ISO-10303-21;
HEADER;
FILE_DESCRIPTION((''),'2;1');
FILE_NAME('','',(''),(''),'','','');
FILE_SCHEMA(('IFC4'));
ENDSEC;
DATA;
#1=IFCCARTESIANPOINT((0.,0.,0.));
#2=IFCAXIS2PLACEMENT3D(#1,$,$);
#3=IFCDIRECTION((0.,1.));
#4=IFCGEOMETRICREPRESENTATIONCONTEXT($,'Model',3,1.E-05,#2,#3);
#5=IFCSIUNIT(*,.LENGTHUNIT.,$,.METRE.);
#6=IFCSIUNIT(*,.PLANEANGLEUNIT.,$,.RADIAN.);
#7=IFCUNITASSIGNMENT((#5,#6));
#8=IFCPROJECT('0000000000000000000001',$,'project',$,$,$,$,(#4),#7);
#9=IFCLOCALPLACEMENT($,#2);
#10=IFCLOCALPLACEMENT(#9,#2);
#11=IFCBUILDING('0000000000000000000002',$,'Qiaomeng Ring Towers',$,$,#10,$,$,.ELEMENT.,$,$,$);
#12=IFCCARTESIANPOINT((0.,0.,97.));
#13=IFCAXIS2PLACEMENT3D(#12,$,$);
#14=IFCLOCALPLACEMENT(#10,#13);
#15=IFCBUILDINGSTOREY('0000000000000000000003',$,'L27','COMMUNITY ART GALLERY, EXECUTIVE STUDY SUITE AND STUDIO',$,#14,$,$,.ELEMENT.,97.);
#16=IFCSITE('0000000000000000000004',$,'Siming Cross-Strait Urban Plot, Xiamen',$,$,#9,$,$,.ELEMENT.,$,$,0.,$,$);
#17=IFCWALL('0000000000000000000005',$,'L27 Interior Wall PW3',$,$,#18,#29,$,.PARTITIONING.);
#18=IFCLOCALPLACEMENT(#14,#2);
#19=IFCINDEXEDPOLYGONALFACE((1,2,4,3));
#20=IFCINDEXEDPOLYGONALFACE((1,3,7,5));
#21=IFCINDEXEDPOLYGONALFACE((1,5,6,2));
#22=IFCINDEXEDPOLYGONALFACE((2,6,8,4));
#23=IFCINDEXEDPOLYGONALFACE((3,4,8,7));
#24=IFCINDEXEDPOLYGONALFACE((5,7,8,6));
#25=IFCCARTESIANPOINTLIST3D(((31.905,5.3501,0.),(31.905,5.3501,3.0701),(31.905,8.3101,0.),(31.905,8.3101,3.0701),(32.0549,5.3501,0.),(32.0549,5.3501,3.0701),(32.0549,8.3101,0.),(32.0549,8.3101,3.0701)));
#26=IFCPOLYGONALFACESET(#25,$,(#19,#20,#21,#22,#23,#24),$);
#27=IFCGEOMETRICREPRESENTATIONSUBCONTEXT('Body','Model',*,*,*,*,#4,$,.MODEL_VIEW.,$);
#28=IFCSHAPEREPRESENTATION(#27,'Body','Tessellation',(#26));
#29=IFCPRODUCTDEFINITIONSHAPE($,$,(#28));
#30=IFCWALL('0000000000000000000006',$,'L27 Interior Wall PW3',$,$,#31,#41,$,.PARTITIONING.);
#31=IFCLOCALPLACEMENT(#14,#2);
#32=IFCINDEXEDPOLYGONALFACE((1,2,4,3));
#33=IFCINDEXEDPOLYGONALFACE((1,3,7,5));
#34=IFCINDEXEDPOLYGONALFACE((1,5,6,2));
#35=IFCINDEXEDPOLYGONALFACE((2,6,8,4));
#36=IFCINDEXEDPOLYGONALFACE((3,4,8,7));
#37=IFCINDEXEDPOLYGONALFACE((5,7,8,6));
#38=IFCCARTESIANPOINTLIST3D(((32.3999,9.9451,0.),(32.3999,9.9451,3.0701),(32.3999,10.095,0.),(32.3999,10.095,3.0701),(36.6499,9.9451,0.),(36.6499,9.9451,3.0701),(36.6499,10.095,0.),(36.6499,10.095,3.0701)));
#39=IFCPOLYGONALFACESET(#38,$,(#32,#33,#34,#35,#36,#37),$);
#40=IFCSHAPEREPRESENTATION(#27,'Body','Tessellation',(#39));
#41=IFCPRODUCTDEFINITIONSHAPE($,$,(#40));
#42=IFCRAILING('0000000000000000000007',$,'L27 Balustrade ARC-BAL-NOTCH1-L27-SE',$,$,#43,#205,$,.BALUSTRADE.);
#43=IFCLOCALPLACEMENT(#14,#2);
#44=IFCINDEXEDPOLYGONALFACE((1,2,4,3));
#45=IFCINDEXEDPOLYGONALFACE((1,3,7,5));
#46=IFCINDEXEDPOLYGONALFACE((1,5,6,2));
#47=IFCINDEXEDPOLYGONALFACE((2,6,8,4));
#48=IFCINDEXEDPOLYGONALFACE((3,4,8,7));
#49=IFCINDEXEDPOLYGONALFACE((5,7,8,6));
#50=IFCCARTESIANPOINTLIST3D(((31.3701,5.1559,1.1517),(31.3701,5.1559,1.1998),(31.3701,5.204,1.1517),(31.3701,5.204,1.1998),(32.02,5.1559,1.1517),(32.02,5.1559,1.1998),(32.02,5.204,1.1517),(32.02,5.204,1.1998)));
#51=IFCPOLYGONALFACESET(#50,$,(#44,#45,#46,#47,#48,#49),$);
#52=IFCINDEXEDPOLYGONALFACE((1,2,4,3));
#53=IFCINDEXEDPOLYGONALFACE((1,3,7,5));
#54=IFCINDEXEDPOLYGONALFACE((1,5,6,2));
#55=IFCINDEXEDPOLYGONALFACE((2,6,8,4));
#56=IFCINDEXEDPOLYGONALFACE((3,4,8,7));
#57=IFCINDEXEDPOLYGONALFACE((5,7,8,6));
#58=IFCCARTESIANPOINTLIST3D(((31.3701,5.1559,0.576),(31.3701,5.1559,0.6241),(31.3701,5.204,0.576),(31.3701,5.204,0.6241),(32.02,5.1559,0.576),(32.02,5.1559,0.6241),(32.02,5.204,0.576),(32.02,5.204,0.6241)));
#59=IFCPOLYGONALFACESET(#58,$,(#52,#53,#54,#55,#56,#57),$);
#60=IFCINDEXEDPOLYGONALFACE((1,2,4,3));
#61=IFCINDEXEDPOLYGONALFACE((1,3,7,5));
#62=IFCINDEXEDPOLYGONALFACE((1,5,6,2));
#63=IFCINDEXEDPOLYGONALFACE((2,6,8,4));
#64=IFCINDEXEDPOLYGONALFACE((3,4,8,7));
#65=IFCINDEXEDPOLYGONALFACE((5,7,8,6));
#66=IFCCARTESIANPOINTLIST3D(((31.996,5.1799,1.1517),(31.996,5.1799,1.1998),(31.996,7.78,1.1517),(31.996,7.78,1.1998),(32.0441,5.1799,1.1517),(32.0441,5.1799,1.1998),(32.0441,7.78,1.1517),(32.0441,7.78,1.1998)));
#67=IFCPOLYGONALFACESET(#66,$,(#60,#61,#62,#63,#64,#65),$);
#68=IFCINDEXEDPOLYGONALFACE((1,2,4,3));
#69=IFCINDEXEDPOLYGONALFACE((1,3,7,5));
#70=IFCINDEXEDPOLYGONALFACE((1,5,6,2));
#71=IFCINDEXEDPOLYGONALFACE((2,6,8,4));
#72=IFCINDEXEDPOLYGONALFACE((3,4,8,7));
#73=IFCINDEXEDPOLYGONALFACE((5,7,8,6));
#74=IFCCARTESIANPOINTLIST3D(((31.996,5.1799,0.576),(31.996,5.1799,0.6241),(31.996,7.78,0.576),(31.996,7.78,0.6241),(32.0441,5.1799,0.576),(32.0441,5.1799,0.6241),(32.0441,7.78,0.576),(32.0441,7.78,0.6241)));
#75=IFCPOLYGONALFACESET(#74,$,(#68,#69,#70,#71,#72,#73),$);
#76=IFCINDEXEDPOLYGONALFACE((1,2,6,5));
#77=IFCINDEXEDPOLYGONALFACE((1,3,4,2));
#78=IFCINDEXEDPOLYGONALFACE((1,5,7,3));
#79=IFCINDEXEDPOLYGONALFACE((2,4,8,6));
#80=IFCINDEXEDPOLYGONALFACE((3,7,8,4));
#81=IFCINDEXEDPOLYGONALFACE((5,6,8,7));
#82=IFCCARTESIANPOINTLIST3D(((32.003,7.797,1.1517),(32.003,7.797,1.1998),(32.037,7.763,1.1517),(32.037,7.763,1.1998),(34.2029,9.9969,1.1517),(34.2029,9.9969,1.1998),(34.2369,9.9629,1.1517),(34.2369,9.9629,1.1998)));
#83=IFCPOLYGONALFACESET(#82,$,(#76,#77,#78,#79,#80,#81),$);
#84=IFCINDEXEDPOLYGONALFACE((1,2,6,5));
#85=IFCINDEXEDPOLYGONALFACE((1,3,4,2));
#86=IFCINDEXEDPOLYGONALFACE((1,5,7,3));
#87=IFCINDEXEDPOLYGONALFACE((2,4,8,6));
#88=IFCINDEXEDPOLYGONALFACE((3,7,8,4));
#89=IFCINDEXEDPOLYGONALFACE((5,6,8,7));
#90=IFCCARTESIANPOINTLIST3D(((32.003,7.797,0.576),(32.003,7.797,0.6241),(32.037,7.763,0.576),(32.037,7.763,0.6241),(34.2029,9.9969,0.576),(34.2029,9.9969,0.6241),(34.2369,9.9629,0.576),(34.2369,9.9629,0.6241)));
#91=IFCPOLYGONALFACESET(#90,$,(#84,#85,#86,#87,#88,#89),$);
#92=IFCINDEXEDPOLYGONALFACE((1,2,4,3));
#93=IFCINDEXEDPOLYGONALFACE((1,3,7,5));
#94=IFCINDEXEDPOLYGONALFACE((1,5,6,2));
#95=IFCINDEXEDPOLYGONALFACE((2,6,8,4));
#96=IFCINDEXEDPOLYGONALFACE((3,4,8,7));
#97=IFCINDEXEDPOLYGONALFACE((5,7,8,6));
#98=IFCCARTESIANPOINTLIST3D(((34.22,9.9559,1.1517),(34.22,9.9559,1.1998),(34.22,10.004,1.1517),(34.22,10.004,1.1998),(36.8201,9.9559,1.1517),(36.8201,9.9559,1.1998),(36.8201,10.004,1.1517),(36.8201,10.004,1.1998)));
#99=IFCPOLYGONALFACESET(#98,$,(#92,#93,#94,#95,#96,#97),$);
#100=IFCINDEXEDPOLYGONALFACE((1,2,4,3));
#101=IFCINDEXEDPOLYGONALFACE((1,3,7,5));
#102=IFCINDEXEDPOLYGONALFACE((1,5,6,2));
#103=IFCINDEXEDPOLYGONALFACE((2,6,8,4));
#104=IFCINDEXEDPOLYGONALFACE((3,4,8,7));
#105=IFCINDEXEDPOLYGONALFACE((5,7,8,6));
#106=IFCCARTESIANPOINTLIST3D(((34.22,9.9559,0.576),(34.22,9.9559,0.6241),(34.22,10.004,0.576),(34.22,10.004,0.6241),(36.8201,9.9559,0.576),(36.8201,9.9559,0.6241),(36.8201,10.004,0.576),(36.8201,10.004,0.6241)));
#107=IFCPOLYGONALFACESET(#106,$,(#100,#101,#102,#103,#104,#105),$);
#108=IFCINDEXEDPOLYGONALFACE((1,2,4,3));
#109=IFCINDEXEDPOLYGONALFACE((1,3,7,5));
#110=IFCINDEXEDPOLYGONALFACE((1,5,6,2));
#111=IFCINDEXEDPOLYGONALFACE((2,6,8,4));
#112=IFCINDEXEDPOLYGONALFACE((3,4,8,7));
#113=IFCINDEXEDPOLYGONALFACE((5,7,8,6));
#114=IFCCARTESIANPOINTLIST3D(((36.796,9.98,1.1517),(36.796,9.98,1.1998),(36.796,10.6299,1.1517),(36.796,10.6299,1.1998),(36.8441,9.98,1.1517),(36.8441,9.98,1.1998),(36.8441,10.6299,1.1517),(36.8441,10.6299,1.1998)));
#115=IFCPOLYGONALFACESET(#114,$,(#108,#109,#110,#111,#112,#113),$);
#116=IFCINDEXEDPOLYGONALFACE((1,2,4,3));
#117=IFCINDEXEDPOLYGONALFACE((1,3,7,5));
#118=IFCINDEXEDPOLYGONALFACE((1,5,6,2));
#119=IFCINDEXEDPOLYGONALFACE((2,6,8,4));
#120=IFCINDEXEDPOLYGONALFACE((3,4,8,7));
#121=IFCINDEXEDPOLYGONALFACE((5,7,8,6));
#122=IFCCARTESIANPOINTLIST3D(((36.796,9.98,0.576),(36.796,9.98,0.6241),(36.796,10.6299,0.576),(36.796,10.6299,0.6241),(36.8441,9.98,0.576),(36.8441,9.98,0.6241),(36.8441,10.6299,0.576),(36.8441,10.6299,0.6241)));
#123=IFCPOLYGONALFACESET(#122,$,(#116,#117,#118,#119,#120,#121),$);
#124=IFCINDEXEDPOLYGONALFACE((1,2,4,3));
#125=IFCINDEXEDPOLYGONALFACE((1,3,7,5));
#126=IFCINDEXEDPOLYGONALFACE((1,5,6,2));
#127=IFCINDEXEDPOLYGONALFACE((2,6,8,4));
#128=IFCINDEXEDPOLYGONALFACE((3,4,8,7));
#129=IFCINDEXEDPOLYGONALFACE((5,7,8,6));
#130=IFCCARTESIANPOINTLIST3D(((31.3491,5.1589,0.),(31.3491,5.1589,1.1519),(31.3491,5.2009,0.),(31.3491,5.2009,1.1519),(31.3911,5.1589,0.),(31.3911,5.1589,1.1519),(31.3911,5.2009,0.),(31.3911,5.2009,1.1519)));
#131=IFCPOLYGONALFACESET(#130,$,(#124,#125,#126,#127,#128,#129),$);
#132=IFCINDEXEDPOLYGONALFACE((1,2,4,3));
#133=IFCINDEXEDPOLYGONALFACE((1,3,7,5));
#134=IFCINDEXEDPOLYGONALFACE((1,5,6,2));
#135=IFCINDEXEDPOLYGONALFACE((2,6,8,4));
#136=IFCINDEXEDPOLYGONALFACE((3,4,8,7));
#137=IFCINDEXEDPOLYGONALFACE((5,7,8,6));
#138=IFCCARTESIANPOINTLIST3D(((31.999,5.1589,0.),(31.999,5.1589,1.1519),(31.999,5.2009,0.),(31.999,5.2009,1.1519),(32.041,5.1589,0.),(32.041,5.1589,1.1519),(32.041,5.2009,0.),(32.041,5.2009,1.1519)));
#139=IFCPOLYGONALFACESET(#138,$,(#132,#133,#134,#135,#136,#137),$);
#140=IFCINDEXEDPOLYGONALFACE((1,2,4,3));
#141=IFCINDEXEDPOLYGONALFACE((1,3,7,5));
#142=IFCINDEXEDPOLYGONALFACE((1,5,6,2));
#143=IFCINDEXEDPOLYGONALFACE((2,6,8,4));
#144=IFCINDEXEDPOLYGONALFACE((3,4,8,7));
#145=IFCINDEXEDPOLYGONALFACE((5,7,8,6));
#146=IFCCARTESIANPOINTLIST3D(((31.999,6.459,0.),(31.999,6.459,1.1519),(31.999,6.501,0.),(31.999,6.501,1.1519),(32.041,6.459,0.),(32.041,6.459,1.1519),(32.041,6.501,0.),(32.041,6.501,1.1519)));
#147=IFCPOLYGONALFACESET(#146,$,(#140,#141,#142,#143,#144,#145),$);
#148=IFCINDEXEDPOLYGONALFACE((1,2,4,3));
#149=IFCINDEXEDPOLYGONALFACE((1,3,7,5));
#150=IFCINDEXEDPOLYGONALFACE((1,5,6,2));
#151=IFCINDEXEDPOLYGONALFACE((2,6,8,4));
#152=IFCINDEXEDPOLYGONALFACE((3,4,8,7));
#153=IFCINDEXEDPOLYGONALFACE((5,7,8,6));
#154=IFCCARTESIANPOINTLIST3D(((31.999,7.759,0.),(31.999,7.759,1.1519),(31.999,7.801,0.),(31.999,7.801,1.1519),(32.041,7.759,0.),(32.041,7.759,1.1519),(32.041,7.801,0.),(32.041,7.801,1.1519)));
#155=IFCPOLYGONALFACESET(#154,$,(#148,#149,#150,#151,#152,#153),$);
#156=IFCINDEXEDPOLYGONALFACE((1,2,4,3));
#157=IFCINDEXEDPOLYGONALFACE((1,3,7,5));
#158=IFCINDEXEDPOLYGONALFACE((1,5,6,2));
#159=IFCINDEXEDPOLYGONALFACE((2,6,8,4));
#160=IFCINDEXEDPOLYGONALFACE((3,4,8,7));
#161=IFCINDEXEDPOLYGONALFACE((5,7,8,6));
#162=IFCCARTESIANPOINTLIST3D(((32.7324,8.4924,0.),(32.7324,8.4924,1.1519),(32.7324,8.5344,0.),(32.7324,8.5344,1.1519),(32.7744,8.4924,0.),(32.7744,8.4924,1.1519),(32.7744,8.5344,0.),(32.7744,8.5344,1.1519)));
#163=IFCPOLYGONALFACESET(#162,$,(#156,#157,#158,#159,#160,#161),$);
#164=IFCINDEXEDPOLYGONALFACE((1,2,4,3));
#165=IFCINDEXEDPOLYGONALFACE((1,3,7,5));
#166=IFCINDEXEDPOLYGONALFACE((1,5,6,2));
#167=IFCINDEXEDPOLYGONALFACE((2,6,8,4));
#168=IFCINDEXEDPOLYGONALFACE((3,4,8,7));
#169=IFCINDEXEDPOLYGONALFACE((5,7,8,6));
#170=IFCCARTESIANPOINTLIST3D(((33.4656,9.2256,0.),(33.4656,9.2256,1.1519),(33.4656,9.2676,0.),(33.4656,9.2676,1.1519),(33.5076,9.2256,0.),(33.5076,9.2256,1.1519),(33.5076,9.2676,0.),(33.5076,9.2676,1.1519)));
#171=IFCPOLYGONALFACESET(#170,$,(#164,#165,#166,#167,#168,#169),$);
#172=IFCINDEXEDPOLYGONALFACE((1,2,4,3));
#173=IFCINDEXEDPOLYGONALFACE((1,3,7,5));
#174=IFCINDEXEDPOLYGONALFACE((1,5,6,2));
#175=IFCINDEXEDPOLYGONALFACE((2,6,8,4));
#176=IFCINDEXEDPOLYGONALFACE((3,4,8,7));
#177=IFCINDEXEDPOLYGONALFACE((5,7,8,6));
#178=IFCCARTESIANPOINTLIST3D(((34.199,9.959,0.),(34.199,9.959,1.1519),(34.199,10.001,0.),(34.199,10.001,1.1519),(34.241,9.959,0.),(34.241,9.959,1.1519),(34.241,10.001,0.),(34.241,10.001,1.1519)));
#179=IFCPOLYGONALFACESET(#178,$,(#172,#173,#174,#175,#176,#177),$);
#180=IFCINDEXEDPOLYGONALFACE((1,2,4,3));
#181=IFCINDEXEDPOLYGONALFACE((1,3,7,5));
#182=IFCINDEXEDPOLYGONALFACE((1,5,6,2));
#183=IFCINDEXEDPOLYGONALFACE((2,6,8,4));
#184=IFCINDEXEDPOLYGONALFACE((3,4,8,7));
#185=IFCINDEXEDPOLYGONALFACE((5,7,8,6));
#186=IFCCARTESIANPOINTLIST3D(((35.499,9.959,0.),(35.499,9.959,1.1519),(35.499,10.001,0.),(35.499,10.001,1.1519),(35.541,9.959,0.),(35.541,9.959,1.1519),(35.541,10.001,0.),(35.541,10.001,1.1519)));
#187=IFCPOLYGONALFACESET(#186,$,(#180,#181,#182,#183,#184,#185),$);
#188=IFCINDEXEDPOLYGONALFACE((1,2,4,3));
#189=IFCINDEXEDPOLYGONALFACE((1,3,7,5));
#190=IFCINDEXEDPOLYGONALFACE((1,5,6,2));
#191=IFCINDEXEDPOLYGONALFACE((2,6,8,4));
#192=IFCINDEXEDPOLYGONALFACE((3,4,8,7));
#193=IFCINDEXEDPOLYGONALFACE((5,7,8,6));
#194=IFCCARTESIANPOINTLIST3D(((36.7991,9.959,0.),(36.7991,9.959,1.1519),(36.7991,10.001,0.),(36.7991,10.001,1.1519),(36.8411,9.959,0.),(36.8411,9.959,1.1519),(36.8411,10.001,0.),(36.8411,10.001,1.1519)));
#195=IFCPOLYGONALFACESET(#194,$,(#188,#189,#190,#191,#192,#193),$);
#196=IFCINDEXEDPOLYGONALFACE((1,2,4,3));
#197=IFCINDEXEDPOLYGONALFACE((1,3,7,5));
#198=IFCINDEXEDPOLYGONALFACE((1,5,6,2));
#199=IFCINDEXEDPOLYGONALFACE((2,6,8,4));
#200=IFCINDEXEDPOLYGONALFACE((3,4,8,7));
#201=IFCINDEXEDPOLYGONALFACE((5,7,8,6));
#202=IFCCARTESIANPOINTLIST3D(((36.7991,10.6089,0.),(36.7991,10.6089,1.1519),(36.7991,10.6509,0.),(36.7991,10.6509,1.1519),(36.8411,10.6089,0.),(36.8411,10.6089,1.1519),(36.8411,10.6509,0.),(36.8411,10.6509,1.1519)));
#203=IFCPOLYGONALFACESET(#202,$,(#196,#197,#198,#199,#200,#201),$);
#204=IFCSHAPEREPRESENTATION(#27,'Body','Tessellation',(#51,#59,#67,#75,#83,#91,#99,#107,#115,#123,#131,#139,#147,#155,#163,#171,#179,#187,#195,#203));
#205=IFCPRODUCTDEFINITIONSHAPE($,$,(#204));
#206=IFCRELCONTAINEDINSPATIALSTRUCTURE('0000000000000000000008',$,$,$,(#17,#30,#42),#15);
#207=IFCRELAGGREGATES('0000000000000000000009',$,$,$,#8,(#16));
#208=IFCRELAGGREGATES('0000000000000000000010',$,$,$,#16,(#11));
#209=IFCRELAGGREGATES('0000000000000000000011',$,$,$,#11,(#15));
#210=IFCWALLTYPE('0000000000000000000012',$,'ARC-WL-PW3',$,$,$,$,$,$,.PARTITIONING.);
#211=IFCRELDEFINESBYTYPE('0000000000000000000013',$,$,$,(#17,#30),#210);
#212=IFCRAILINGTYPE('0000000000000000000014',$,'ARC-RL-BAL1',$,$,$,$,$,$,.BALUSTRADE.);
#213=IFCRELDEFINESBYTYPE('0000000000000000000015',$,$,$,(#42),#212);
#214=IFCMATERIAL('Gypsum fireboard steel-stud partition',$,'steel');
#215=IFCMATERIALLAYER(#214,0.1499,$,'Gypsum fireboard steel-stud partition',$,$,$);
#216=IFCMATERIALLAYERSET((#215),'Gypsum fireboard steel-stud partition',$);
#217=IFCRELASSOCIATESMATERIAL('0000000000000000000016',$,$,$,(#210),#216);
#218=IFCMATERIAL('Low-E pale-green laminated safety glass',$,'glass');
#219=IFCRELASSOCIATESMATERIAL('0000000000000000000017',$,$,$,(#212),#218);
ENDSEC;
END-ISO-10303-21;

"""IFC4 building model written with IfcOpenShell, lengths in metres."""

from ifc_helpers import new_model, si_unit, direction, frame, frame_2d, origin, origin_2d, place, context, subcontext, project, spatial, rectangle, extrude, material, layer, layer_set, type_object, element, save


model = new_model("IFC4")

# Units and contexts
model_context = context("Model", 3, precision=1e-05, world=origin(), true_north=direction((0.0, 1.0)))
body_context = subcontext(model_context, "Body", "Model", "MODEL_VIEW")
ifc_project = project(units=[si_unit("LENGTHUNIT", "METRE"), si_unit("PLANEANGLEUNIT", "RADIAN")], contexts=[model_context])

# Site, building, storey
site_placement = place(None, origin())
site = spatial("IfcSite", under=ifc_project, at=site_placement, Name="Siming Cross-Strait Urban Plot, Xiamen", CompositionType="ELEMENT", RefElevation=0.0)
building_placement = place(site_placement, origin())
building = spatial("IfcBuilding", under=site, at=building_placement, Name="Qiaomeng Ring Towers", CompositionType="ELEMENT")
storey_placement = place(building_placement, frame((0.0, 0.0, 97.0)))
storey = spatial("IfcBuildingStorey", under=building, at=storey_placement, Name="L27", Description="COMMUNITY ART GALLERY, EXECUTIVE STUDY SUITE AND STUDIO", CompositionType="ELEMENT", Elevation=97.0)

# Walls
ifc_material_1 = material(Name="Gypsum fireboard steel-stud partition", Category="steel")
ifc_layer_1 = layer(ifc_material_1, 0.1499, Name="Gypsum fireboard steel-stud partition")
ifc_layer_set_1 = layer_set([ifc_layer_1], Name="Gypsum fireboard steel-stud partition")
wall_type_1 = type_object("IfcWallType", Name="ARC-WL-PW3", PredefinedType="PARTITIONING", material=ifc_layer_set_1)
wall_1_placement = place(storey_placement, frame((31.98, 5.3501, 0.0), z_axis=(0.0, 0.0, 1.0), x_axis=(0.0, 1.0, 0.0)))
element("IfcWall", 1, at=wall_1_placement, inside=storey, type_object=wall_type_1, Name="L27 Interior Wall PW3", PredefinedType="PARTITIONING", context=body_context, shape_type="SweptSolid", body=[
    extrude(rectangle(XDim=2.96, YDim=0.1499, at=frame_2d((1.48, 0.0))), origin(), (0.0, 0.0, 1.0), 3.0701),
])
wall_2_placement = place(storey_placement, frame((32.3999, 10.02, 0.0), z_axis=(0.0, 0.0, 1.0), x_axis=(1.0, 0.0, 0.0)))
element("IfcWall", 2, at=wall_2_placement, inside=storey, type_object=wall_type_1, Name="L27 Interior Wall PW3", PredefinedType="PARTITIONING", context=body_context, shape_type="SweptSolid", body=[
    extrude(rectangle(XDim=4.25, YDim=0.1499, at=frame_2d((2.125, 0.0))), origin(), (0.0, 0.0, 1.0), 3.0701),
])

# Railing
ifc_material_2 = material(Name="Low-E pale-green laminated safety glass", Category="glass")
railing_type = type_object("IfcRailingType", Name="ARC-RL-BAL1", PredefinedType="BALUSTRADE", material=ifc_material_2)
railing_placement = place(storey_placement, frame((31.3701, 5.1799, 0.0)))
element("IfcRailing", 3, at=railing_placement, inside=storey, type_object=railing_type, Name="L27 Balustrade ARC-BAL-NOTCH1-L27-SE", PredefinedType="BALUSTRADE", context=body_context, shape_type="SweptSolid", body=[
    extrude(rectangle(XDim=0.0481, YDim=0.0481, at=origin_2d()), frame((0.0, 0.0, 1.1758), z_axis=(1.0, 0.0, 0.0), x_axis=(0.0, 1.0, 0.0)), (0.0, 0.0, 1.0), 0.6499),
    extrude(rectangle(XDim=0.0481, YDim=0.0481, at=origin_2d()), frame((0.0, 0.0, 0.6001), z_axis=(1.0, 0.0, 0.0), x_axis=(0.0, 1.0, 0.0)), (0.0, 0.0, 1.0), 0.6499),
    extrude(rectangle(XDim=0.0481, YDim=0.0481, at=origin_2d()), frame((0.6499, 0.0, 1.1758), z_axis=(0.0, 1.0, 0.0), x_axis=(-1.0, 0.0, 0.0)), (0.0, 0.0, 1.0), 2.6001),
    extrude(rectangle(XDim=0.0481, YDim=0.0481, at=origin_2d()), frame((0.6499, 0.0, 0.6001), z_axis=(0.0, 1.0, 0.0), x_axis=(-1.0, 0.0, 0.0)), (0.0, 0.0, 1.0), 2.6001),
    extrude(rectangle(XDim=0.0481, YDim=0.0481, at=origin_2d()), frame((0.6499, 2.6001, 1.1758), z_axis=(0.707107, 0.707107, 0.0), x_axis=(-0.707107, 0.707107, 0.0)), (0.0, 0.0, 1.0), 3.1111),
    extrude(rectangle(XDim=0.0481, YDim=0.0481, at=origin_2d()), frame((0.6499, 2.6001, 0.6001), z_axis=(0.707107, 0.707107, 0.0), x_axis=(-0.707107, 0.707107, 0.0)), (0.0, 0.0, 1.0), 3.1111),
    extrude(rectangle(XDim=0.0481, YDim=0.0481, at=origin_2d()), frame((2.8499, 4.8, 1.1758), z_axis=(1.0, 0.0, 0.0), x_axis=(0.0, 1.0, 0.0)), (0.0, 0.0, 1.0), 2.6001),
    extrude(rectangle(XDim=0.0481, YDim=0.0481, at=origin_2d()), frame((2.8499, 4.8, 0.6001), z_axis=(1.0, 0.0, 0.0), x_axis=(0.0, 1.0, 0.0)), (0.0, 0.0, 1.0), 2.6001),
    extrude(rectangle(XDim=0.0481, YDim=0.0481, at=origin_2d()), frame((5.45, 4.8, 1.1758), z_axis=(0.0, 1.0, 0.0), x_axis=(-1.0, 0.0, 0.0)), (0.0, 0.0, 1.0), 0.6499),
    extrude(rectangle(XDim=0.0481, YDim=0.0481, at=origin_2d()), frame((5.45, 4.8, 0.6001), z_axis=(0.0, 1.0, 0.0), x_axis=(-1.0, 0.0, 0.0)), (0.0, 0.0, 1.0), 0.6499),
    extrude(rectangle(XDim=0.042, YDim=0.042, at=origin_2d()), origin(), (0.0, 0.0, 1.0), 1.1519),
    extrude(rectangle(XDim=0.042, YDim=0.042, at=origin_2d()), frame((0.6499, 0.0, 0.0)), (0.0, 0.0, 1.0), 1.1519),
    extrude(rectangle(XDim=0.042, YDim=0.042, at=origin_2d()), frame((0.6499, 1.3, 0.0)), (0.0, 0.0, 1.0), 1.1519),
    extrude(rectangle(XDim=0.042, YDim=0.042, at=origin_2d()), frame((0.6499, 2.6001, 0.0)), (0.0, 0.0, 1.0), 1.1519),
    extrude(rectangle(XDim=0.042, YDim=0.042, at=origin_2d()), frame((1.3833, 3.3335, 0.0)), (0.0, 0.0, 1.0), 1.1519),
    extrude(rectangle(XDim=0.042, YDim=0.042, at=origin_2d()), frame((2.1165, 4.0667, 0.0)), (0.0, 0.0, 1.0), 1.1519),
    extrude(rectangle(XDim=0.042, YDim=0.042, at=origin_2d()), frame((2.8499, 4.8, 0.0)), (0.0, 0.0, 1.0), 1.1519),
    extrude(rectangle(XDim=0.042, YDim=0.042, at=origin_2d()), frame((4.1499, 4.8, 0.0)), (0.0, 0.0, 1.0), 1.1519),
    extrude(rectangle(XDim=0.042, YDim=0.042, at=origin_2d()), frame((5.45, 4.8, 0.0)), (0.0, 0.0, 1.0), 1.1519),
    extrude(rectangle(XDim=0.042, YDim=0.042, at=origin_2d()), frame((5.45, 5.45, 0.0)), (0.0, 0.0, 1.0), 1.1519),
])

save(model, "model.ifc")
